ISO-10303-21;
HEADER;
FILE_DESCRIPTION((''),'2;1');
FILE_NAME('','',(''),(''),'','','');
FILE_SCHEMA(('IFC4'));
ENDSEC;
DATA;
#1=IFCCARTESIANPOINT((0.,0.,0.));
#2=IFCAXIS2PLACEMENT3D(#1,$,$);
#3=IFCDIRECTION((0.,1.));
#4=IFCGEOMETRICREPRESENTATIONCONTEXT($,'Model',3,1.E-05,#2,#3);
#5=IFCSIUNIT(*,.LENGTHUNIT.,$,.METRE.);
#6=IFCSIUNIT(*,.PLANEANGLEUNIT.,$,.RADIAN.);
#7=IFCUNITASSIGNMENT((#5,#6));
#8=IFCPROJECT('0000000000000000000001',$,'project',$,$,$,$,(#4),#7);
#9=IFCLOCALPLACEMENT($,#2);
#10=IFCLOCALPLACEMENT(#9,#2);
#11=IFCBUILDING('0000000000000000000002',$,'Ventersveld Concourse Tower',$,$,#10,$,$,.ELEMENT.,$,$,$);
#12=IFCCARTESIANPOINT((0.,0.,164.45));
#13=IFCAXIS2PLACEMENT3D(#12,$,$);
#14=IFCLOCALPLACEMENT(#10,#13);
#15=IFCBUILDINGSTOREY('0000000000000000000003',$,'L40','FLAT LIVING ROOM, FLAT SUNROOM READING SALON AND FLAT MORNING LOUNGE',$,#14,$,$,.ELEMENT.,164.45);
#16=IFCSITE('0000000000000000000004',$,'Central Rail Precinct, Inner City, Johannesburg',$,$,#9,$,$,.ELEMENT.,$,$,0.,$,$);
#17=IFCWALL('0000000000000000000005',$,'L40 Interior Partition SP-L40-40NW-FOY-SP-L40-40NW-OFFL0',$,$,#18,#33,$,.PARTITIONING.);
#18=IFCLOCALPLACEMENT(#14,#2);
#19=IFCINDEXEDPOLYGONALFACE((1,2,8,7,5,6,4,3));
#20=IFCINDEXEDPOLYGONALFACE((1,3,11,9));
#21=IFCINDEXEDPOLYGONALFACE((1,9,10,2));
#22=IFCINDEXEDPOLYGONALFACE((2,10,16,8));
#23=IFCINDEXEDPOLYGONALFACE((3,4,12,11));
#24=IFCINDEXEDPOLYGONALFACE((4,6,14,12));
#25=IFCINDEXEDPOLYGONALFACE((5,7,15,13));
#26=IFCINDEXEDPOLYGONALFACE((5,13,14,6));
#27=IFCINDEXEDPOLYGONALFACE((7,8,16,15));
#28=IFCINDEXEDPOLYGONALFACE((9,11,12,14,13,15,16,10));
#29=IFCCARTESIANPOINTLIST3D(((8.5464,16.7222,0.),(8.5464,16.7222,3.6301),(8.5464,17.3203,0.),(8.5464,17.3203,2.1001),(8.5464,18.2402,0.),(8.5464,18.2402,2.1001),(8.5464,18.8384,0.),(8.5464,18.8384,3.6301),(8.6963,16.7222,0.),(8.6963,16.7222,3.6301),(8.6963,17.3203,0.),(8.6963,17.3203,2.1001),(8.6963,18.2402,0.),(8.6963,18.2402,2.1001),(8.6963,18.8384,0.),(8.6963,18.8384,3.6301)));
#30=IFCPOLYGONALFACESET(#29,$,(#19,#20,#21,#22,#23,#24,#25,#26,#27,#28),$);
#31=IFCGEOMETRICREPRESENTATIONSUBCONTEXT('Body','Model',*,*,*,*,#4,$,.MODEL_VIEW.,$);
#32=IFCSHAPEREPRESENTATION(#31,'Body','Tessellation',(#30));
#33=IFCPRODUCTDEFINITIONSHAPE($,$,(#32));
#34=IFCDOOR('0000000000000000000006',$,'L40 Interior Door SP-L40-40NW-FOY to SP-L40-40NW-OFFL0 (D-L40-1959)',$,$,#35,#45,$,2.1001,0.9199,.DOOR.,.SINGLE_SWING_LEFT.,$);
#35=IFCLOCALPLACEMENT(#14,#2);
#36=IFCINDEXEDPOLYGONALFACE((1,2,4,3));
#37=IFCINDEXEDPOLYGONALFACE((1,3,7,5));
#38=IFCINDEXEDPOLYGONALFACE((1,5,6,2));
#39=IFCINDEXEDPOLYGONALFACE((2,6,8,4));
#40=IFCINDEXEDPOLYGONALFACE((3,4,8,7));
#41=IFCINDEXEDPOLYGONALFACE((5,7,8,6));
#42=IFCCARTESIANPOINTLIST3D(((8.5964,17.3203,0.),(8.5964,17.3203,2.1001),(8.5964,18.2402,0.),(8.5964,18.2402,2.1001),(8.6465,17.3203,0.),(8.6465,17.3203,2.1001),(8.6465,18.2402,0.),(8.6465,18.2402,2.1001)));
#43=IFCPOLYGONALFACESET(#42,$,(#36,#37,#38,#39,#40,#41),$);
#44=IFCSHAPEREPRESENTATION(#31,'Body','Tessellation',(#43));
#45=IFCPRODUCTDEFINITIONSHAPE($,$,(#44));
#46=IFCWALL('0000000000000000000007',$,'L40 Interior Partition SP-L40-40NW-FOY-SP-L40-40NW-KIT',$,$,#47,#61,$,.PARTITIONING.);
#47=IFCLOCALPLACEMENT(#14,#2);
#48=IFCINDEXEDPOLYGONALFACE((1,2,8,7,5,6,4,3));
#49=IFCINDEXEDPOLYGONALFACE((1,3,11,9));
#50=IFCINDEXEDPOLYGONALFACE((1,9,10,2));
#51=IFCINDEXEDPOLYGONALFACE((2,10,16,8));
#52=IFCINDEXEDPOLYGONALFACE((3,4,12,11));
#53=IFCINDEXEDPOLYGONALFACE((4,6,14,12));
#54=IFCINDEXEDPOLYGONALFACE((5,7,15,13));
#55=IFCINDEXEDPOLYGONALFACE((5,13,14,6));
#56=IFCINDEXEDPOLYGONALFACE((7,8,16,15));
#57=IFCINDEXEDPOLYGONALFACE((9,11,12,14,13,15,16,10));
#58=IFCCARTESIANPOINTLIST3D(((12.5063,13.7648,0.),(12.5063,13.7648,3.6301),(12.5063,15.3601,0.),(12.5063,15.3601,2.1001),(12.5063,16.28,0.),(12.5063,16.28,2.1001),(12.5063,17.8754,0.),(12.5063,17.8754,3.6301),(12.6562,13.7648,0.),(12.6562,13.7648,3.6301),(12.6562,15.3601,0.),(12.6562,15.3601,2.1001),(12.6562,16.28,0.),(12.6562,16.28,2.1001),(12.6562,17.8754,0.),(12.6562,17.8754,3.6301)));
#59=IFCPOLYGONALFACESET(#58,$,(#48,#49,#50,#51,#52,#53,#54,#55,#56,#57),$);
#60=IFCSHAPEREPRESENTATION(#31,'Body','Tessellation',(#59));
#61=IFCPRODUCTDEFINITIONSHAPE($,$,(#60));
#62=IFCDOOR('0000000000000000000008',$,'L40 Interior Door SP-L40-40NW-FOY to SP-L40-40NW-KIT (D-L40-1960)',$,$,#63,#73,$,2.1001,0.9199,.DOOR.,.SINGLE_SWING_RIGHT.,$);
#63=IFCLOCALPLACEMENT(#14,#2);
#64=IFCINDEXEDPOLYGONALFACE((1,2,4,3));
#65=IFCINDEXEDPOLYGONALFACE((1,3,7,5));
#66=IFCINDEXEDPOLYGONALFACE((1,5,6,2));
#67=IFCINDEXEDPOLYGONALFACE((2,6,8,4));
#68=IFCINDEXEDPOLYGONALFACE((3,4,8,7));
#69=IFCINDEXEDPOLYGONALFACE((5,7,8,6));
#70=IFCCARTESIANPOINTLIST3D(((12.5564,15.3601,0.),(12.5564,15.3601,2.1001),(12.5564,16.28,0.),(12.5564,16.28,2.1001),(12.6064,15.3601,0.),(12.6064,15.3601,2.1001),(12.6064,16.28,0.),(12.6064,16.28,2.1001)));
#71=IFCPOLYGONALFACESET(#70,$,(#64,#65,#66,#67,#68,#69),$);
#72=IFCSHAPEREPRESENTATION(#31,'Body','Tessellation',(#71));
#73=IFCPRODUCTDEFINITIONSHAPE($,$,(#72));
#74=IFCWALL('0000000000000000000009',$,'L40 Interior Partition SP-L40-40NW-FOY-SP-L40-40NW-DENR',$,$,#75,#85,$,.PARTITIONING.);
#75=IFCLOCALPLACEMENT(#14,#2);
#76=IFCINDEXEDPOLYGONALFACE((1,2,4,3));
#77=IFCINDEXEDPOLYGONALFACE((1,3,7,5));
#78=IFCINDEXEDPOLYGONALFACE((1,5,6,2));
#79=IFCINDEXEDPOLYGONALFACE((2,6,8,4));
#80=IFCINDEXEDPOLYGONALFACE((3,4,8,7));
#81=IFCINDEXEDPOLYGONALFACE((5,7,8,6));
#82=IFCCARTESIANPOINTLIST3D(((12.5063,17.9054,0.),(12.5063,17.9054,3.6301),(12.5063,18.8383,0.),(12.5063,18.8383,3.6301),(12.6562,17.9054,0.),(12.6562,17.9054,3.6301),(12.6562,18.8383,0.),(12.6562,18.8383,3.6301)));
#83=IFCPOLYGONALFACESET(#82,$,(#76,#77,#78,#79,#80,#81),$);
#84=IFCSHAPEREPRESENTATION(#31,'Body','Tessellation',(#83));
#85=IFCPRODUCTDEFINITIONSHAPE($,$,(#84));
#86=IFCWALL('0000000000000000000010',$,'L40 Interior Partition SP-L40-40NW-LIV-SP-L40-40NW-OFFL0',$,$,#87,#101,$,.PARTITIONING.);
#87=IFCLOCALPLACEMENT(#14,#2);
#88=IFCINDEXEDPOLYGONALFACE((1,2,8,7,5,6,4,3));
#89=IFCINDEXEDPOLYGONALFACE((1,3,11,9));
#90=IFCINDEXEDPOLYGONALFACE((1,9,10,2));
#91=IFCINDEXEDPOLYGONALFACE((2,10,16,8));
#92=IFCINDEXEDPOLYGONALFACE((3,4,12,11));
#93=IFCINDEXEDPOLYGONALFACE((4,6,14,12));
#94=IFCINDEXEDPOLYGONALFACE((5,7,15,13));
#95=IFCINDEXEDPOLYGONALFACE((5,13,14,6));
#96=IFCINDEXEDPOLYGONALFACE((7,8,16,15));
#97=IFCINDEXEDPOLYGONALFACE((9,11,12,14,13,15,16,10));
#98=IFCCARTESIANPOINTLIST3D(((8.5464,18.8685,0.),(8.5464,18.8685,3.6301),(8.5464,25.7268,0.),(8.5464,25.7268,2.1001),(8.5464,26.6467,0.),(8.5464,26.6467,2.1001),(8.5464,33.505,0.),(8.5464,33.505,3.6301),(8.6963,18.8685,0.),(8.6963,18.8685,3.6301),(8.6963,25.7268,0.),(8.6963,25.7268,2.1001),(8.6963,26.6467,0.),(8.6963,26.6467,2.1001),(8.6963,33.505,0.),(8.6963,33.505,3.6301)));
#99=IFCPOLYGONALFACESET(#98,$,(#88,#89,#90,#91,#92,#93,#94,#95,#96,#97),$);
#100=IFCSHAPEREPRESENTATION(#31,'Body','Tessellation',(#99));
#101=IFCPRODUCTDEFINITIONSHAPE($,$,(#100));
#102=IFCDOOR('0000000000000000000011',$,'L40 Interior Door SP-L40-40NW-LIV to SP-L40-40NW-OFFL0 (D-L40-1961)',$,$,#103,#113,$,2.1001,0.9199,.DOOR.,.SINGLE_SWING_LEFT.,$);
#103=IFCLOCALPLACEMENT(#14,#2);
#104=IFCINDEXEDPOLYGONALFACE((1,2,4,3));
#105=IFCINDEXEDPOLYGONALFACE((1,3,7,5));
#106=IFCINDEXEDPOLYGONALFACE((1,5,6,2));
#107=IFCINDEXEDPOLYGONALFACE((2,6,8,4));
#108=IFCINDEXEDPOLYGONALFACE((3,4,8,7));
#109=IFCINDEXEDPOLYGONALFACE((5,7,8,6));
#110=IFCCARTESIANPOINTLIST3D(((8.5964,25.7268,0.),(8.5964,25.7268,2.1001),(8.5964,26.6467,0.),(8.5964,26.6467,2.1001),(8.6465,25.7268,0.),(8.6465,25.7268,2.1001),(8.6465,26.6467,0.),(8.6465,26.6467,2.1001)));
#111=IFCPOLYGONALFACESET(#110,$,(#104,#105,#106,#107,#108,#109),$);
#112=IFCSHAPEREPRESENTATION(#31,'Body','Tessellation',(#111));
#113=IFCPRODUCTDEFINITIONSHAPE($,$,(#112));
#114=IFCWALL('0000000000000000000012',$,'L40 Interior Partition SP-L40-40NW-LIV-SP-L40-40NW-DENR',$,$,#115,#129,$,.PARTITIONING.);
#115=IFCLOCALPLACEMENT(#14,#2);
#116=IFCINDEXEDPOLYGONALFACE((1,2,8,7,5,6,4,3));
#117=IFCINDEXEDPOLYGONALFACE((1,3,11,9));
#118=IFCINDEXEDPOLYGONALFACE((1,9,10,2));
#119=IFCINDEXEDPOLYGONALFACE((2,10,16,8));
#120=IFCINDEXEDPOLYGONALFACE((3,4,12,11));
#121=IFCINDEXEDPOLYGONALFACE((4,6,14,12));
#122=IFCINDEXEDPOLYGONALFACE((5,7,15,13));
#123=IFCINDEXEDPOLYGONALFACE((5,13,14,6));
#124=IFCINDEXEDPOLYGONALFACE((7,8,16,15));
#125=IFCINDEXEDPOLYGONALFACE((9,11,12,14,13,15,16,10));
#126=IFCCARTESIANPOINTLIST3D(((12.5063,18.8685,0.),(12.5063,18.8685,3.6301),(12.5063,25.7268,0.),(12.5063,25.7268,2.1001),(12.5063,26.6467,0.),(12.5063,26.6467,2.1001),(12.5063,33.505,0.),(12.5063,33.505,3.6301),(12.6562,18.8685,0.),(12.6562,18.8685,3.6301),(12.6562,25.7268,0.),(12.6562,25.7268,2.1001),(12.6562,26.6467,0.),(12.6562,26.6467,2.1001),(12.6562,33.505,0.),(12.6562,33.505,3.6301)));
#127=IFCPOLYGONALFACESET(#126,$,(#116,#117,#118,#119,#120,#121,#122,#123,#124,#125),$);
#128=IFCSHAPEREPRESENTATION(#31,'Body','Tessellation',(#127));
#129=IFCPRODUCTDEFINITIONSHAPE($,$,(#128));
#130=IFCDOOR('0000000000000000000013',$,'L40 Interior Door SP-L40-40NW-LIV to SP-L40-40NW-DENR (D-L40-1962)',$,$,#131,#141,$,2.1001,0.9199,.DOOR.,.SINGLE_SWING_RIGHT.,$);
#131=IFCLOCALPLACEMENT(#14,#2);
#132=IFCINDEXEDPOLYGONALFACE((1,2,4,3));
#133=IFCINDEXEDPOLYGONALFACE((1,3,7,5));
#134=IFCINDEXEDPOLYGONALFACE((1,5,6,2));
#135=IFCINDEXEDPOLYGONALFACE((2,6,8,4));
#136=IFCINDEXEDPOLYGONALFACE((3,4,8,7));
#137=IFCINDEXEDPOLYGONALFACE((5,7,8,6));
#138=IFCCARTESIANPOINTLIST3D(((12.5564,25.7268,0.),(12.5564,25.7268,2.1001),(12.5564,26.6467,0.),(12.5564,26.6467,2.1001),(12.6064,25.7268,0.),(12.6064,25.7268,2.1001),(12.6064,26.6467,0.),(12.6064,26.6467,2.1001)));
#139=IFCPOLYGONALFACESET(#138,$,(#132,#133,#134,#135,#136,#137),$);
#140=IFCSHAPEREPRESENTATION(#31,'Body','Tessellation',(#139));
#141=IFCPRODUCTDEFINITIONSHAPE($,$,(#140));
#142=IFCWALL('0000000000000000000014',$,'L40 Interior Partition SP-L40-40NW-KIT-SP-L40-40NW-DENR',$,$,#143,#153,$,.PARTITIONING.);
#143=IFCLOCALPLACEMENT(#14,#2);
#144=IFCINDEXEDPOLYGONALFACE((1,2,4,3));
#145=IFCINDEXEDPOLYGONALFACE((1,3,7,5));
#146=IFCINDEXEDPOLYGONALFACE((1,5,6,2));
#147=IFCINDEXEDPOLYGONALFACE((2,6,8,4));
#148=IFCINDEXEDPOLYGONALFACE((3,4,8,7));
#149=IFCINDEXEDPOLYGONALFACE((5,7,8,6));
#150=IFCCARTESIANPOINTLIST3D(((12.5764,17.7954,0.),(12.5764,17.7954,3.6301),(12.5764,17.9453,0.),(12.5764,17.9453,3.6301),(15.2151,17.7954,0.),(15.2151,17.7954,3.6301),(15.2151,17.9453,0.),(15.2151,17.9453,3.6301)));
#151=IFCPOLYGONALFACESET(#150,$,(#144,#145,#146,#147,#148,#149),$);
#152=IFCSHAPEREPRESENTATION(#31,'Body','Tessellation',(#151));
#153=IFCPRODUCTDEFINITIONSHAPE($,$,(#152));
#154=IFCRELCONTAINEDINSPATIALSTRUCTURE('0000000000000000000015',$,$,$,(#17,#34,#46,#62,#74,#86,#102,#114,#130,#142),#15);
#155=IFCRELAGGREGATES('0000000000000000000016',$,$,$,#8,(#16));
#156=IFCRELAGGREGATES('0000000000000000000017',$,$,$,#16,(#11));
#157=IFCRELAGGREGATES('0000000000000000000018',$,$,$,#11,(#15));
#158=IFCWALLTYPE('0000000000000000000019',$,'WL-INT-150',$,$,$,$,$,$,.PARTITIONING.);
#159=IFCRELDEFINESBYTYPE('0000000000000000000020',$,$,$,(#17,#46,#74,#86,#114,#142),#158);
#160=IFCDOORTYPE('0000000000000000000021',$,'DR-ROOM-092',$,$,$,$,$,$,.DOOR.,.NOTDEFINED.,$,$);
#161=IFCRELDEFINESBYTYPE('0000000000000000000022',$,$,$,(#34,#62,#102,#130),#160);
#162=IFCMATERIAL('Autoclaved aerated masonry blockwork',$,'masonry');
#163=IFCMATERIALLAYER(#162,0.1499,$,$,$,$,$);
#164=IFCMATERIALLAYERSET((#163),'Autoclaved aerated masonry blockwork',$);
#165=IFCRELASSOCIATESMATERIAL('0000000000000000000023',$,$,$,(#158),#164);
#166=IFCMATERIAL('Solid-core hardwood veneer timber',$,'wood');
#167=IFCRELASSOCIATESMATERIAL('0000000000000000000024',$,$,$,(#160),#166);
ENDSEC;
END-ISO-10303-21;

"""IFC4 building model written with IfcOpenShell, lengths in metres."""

from ifc_helpers import new_model, si_unit, direction, frame, frame_2d, origin, place, context, subcontext, project, spatial, rectangle, extrude, material, layer, layer_set, type_object, element, fill, save


model = new_model("IFC4")

# Units and contexts
model_context = context("Model", 3, precision=1e-05, world=origin(), true_north=direction((0.0, 1.0)))
body_context = subcontext(model_context, "Body", "Model", "MODEL_VIEW")
ifc_project = project(units=[si_unit("LENGTHUNIT", "METRE"), si_unit("PLANEANGLEUNIT", "RADIAN")], contexts=[model_context])

# Site, building, storey
site_placement = place(None, origin())
site = spatial("IfcSite", under=ifc_project, at=site_placement, Name="Central Rail Precinct, Inner City, Johannesburg", CompositionType="ELEMENT", RefElevation=0.0)
building_placement = place(site_placement, origin())
building = spatial("IfcBuilding", under=site, at=building_placement, Name="Ventersveld Concourse Tower", CompositionType="ELEMENT")
storey_placement = place(building_placement, frame((0.0, 0.0, 164.45)))
storey = spatial("IfcBuildingStorey", under=building, at=storey_placement, Name="L40", Description="FLAT LIVING ROOM, FLAT SUNROOM READING SALON AND FLAT MORNING LOUNGE", CompositionType="ELEMENT", Elevation=164.45)

# Shared definitions
ifc_material_1 = material(Name="Solid-core hardwood veneer timber", Category="wood")

# Walls, openings, doors
ifc_material_2 = material(Name="Autoclaved aerated masonry blockwork", Category="masonry")
ifc_layer_1 = layer(ifc_material_2, 0.1499)
ifc_layer_set_1 = layer_set([ifc_layer_1], Name="Autoclaved aerated masonry blockwork")
wall_type_1 = type_object("IfcWallType", Name="WL-INT-150", PredefinedType="PARTITIONING", material=ifc_layer_set_1)
door_type_1 = type_object("IfcDoorType", Name="DR-ROOM-092", OperationType="NOTDEFINED", PredefinedType="DOOR", material=ifc_material_1)
wall_1_placement = place(storey_placement, frame((8.6213, 16.7222, 0.0), z_axis=(0.0, 0.0, 1.0), x_axis=(0.0, 1.0, 0.0)))
wall_1 = element("IfcWall", 1, at=wall_1_placement, inside=storey, type_object=wall_type_1, Name="L40 Interior Partition SP-L40-40NW-FOY-SP-L40-40NW-OFFL0", PredefinedType="PARTITIONING", context=body_context, shape_type="SweptSolid", body=[
    extrude(rectangle(XDim=2.1162, YDim=0.1499, at=frame_2d((1.0581, 0.0))), origin(), (0.0, 0.0, 1.0), 3.6301),
])
opening_1_placement = place(wall_1_placement, frame((0.5981, 0.0, 0.0)))
opening_1 = element("IfcOpeningElement", 2, at=opening_1_placement, cuts=wall_1, PredefinedType="OPENING", context=body_context, shape_type="SweptSolid", body=[
    extrude(rectangle(XDim=0.9199, YDim=2.1001, at=frame_2d((0.46, 1.05))), frame((0.0, 0.085, 0.0), z_axis=(0.0, -1.0, 0.0), x_axis=(1.0, 0.0, 0.0)), (0.0, 0.0, 1.0), 0.1699),
])
door_1_placement = place(opening_1_placement, origin())
door_1 = element("IfcDoor", 3, at=door_1_placement, inside=storey, type_object=door_type_1, Name="L40 Interior Door SP-L40-40NW-FOY to SP-L40-40NW-OFFL0 (D-L40-1959)", OperationType="SINGLE_SWING_LEFT", OverallHeight=2.1001, OverallWidth=0.9199, PredefinedType="DOOR", context=body_context, shape_type="SweptSolid", body=[
    extrude(rectangle(XDim=0.9199, YDim=2.1001, at=frame_2d((0.46, 1.05))), frame((0.0, 0.0249, 0.0), z_axis=(0.0, -1.0, 0.0), x_axis=(1.0, 0.0, 0.0)), (0.0, 0.0, 1.0), 0.05),
])
fill(opening_1, door_1)
wall_2_placement = place(storey_placement, frame((12.5813, 13.7649, 0.0), z_axis=(0.0, 0.0, 1.0), x_axis=(0.0, 1.0, 0.0)))
wall_2 = element("IfcWall", 4, at=wall_2_placement, inside=storey, type_object=wall_type_1, Name="L40 Interior Partition SP-L40-40NW-FOY-SP-L40-40NW-KIT", PredefinedType="PARTITIONING", context=body_context, shape_type="SweptSolid", body=[
    extrude(rectangle(XDim=4.1106, YDim=0.1499, at=frame_2d((2.0552, 0.0))), origin(), (0.0, 0.0, 1.0), 3.6301),
])
opening_2_placement = place(wall_2_placement, frame((1.5952, 0.0, 0.0)))
opening_2 = element("IfcOpeningElement", 5, at=opening_2_placement, cuts=wall_2, PredefinedType="OPENING", context=body_context, shape_type="SweptSolid", body=[
    extrude(rectangle(XDim=0.9199, YDim=2.1001, at=frame_2d((0.46, 1.05))), frame((0.0, 0.085, 0.0), z_axis=(0.0, -1.0, 0.0), x_axis=(1.0, 0.0, 0.0)), (0.0, 0.0, 1.0), 0.1699),
])
door_2_placement = place(opening_2_placement, origin())
door_2 = element("IfcDoor", 6, at=door_2_placement, inside=storey, type_object=door_type_1, Name="L40 Interior Door SP-L40-40NW-FOY to SP-L40-40NW-KIT (D-L40-1960)", OperationType="SINGLE_SWING_RIGHT", OverallHeight=2.1001, OverallWidth=0.9199, PredefinedType="DOOR", context=body_context, shape_type="SweptSolid", body=[
    extrude(rectangle(XDim=0.9199, YDim=2.1001, at=frame_2d((0.46, 1.05))), frame((0.0, 0.0249, 0.0), z_axis=(0.0, -1.0, 0.0), x_axis=(1.0, 0.0, 0.0)), (0.0, 0.0, 1.0), 0.05),
])
fill(opening_2, door_2)

# Wall
wall_3_placement = place(storey_placement, frame((12.5813, 17.9055, 0.0), z_axis=(0.0, 0.0, 1.0), x_axis=(0.0, 1.0, 0.0)))
element("IfcWall", 7, at=wall_3_placement, inside=storey, type_object=wall_type_1, Name="L40 Interior Partition SP-L40-40NW-FOY-SP-L40-40NW-DENR", PredefinedType="PARTITIONING", context=body_context, shape_type="SweptSolid", body=[
    extrude(rectangle(XDim=0.9329, YDim=0.1499, at=frame_2d((0.4663, 0.0))), origin(), (0.0, 0.0, 1.0), 3.6301),
])

# Walls, openings, doors
wall_4_placement = place(storey_placement, frame((8.6213, 18.8684, 0.0), z_axis=(0.0, 0.0, 1.0), x_axis=(0.0, 1.0, 0.0)))
wall_4 = element("IfcWall", 8, at=wall_4_placement, inside=storey, type_object=wall_type_1, Name="L40 Interior Partition SP-L40-40NW-LIV-SP-L40-40NW-OFFL0", PredefinedType="PARTITIONING", context=body_context, shape_type="SweptSolid", body=[
    extrude(rectangle(XDim=14.6365, YDim=0.1499, at=frame_2d((7.3184, 0.0))), origin(), (0.0, 0.0, 1.0), 3.6301),
])
opening_3_placement = place(wall_4_placement, frame((6.8584, 0.0, 0.0)))
opening_3 = element("IfcOpeningElement", 9, at=opening_3_placement, cuts=wall_4, PredefinedType="OPENING", context=body_context, shape_type="SweptSolid", body=[
    extrude(rectangle(XDim=0.9199, YDim=2.1001, at=frame_2d((0.46, 1.05))), frame((0.0, 0.085, 0.0), z_axis=(0.0, -1.0, 0.0), x_axis=(1.0, 0.0, 0.0)), (0.0, 0.0, 1.0), 0.1699),
])
door_3_placement = place(opening_3_placement, origin())
door_3 = element("IfcDoor", 10, at=door_3_placement, inside=storey, type_object=door_type_1, Name="L40 Interior Door SP-L40-40NW-LIV to SP-L40-40NW-OFFL0 (D-L40-1961)", OperationType="SINGLE_SWING_LEFT", OverallHeight=2.1001, OverallWidth=0.9199, PredefinedType="DOOR", context=body_context, shape_type="SweptSolid", body=[
    extrude(rectangle(XDim=0.9199, YDim=2.1001, at=frame_2d((0.46, 1.05))), frame((0.0, 0.0249, 0.0), z_axis=(0.0, -1.0, 0.0), x_axis=(1.0, 0.0, 0.0)), (0.0, 0.0, 1.0), 0.05),
])
fill(opening_3, door_3)
wall_5_placement = place(storey_placement, frame((12.5813, 18.8684, 0.0), z_axis=(0.0, 0.0, 1.0), x_axis=(0.0, 1.0, 0.0)))
wall_5 = element("IfcWall", 11, at=wall_5_placement, inside=storey, type_object=wall_type_1, Name="L40 Interior Partition SP-L40-40NW-LIV-SP-L40-40NW-DENR", PredefinedType="PARTITIONING", context=body_context, shape_type="SweptSolid", body=[
    extrude(rectangle(XDim=14.6365, YDim=0.1499, at=frame_2d((7.3184, 0.0))), origin(), (0.0, 0.0, 1.0), 3.6301),
])
opening_4_placement = place(wall_5_placement, frame((6.8584, 0.0, 0.0)))
opening_4 = element("IfcOpeningElement", 12, at=opening_4_placement, cuts=wall_5, PredefinedType="OPENING", context=body_context, shape_type="SweptSolid", body=[
    extrude(rectangle(XDim=0.9199, YDim=2.1001, at=frame_2d((0.46, 1.05))), frame((0.0, 0.085, 0.0), z_axis=(0.0, -1.0, 0.0), x_axis=(1.0, 0.0, 0.0)), (0.0, 0.0, 1.0), 0.1699),
])
door_4_placement = place(opening_4_placement, origin())
door_4 = element("IfcDoor", 13, at=door_4_placement, inside=storey, type_object=door_type_1, Name="L40 Interior Door SP-L40-40NW-LIV to SP-L40-40NW-DENR (D-L40-1962)", OperationType="SINGLE_SWING_RIGHT", OverallHeight=2.1001, OverallWidth=0.9199, PredefinedType="DOOR", context=body_context, shape_type="SweptSolid", body=[
    extrude(rectangle(XDim=0.9199, YDim=2.1001, at=frame_2d((0.46, 1.05))), frame((0.0, 0.0249, 0.0), z_axis=(0.0, -1.0, 0.0), x_axis=(1.0, 0.0, 0.0)), (0.0, 0.0, 1.0), 0.05),
])
fill(opening_4, door_4)

# Wall
wall_6_placement = place(storey_placement, frame((12.5764, 17.8704, 0.0), z_axis=(0.0, 0.0, 1.0), x_axis=(1.0, 0.0, 0.0)))
element("IfcWall", 14, at=wall_6_placement, inside=storey, type_object=wall_type_1, Name="L40 Interior Partition SP-L40-40NW-KIT-SP-L40-40NW-DENR", PredefinedType="PARTITIONING", context=body_context, shape_type="SweptSolid", body=[
    extrude(rectangle(XDim=2.6387, YDim=0.1499, at=frame_2d((1.3193, 0.0))), origin(), (0.0, 0.0, 1.0), 3.6301),
])

save(model, "model.ifc")
